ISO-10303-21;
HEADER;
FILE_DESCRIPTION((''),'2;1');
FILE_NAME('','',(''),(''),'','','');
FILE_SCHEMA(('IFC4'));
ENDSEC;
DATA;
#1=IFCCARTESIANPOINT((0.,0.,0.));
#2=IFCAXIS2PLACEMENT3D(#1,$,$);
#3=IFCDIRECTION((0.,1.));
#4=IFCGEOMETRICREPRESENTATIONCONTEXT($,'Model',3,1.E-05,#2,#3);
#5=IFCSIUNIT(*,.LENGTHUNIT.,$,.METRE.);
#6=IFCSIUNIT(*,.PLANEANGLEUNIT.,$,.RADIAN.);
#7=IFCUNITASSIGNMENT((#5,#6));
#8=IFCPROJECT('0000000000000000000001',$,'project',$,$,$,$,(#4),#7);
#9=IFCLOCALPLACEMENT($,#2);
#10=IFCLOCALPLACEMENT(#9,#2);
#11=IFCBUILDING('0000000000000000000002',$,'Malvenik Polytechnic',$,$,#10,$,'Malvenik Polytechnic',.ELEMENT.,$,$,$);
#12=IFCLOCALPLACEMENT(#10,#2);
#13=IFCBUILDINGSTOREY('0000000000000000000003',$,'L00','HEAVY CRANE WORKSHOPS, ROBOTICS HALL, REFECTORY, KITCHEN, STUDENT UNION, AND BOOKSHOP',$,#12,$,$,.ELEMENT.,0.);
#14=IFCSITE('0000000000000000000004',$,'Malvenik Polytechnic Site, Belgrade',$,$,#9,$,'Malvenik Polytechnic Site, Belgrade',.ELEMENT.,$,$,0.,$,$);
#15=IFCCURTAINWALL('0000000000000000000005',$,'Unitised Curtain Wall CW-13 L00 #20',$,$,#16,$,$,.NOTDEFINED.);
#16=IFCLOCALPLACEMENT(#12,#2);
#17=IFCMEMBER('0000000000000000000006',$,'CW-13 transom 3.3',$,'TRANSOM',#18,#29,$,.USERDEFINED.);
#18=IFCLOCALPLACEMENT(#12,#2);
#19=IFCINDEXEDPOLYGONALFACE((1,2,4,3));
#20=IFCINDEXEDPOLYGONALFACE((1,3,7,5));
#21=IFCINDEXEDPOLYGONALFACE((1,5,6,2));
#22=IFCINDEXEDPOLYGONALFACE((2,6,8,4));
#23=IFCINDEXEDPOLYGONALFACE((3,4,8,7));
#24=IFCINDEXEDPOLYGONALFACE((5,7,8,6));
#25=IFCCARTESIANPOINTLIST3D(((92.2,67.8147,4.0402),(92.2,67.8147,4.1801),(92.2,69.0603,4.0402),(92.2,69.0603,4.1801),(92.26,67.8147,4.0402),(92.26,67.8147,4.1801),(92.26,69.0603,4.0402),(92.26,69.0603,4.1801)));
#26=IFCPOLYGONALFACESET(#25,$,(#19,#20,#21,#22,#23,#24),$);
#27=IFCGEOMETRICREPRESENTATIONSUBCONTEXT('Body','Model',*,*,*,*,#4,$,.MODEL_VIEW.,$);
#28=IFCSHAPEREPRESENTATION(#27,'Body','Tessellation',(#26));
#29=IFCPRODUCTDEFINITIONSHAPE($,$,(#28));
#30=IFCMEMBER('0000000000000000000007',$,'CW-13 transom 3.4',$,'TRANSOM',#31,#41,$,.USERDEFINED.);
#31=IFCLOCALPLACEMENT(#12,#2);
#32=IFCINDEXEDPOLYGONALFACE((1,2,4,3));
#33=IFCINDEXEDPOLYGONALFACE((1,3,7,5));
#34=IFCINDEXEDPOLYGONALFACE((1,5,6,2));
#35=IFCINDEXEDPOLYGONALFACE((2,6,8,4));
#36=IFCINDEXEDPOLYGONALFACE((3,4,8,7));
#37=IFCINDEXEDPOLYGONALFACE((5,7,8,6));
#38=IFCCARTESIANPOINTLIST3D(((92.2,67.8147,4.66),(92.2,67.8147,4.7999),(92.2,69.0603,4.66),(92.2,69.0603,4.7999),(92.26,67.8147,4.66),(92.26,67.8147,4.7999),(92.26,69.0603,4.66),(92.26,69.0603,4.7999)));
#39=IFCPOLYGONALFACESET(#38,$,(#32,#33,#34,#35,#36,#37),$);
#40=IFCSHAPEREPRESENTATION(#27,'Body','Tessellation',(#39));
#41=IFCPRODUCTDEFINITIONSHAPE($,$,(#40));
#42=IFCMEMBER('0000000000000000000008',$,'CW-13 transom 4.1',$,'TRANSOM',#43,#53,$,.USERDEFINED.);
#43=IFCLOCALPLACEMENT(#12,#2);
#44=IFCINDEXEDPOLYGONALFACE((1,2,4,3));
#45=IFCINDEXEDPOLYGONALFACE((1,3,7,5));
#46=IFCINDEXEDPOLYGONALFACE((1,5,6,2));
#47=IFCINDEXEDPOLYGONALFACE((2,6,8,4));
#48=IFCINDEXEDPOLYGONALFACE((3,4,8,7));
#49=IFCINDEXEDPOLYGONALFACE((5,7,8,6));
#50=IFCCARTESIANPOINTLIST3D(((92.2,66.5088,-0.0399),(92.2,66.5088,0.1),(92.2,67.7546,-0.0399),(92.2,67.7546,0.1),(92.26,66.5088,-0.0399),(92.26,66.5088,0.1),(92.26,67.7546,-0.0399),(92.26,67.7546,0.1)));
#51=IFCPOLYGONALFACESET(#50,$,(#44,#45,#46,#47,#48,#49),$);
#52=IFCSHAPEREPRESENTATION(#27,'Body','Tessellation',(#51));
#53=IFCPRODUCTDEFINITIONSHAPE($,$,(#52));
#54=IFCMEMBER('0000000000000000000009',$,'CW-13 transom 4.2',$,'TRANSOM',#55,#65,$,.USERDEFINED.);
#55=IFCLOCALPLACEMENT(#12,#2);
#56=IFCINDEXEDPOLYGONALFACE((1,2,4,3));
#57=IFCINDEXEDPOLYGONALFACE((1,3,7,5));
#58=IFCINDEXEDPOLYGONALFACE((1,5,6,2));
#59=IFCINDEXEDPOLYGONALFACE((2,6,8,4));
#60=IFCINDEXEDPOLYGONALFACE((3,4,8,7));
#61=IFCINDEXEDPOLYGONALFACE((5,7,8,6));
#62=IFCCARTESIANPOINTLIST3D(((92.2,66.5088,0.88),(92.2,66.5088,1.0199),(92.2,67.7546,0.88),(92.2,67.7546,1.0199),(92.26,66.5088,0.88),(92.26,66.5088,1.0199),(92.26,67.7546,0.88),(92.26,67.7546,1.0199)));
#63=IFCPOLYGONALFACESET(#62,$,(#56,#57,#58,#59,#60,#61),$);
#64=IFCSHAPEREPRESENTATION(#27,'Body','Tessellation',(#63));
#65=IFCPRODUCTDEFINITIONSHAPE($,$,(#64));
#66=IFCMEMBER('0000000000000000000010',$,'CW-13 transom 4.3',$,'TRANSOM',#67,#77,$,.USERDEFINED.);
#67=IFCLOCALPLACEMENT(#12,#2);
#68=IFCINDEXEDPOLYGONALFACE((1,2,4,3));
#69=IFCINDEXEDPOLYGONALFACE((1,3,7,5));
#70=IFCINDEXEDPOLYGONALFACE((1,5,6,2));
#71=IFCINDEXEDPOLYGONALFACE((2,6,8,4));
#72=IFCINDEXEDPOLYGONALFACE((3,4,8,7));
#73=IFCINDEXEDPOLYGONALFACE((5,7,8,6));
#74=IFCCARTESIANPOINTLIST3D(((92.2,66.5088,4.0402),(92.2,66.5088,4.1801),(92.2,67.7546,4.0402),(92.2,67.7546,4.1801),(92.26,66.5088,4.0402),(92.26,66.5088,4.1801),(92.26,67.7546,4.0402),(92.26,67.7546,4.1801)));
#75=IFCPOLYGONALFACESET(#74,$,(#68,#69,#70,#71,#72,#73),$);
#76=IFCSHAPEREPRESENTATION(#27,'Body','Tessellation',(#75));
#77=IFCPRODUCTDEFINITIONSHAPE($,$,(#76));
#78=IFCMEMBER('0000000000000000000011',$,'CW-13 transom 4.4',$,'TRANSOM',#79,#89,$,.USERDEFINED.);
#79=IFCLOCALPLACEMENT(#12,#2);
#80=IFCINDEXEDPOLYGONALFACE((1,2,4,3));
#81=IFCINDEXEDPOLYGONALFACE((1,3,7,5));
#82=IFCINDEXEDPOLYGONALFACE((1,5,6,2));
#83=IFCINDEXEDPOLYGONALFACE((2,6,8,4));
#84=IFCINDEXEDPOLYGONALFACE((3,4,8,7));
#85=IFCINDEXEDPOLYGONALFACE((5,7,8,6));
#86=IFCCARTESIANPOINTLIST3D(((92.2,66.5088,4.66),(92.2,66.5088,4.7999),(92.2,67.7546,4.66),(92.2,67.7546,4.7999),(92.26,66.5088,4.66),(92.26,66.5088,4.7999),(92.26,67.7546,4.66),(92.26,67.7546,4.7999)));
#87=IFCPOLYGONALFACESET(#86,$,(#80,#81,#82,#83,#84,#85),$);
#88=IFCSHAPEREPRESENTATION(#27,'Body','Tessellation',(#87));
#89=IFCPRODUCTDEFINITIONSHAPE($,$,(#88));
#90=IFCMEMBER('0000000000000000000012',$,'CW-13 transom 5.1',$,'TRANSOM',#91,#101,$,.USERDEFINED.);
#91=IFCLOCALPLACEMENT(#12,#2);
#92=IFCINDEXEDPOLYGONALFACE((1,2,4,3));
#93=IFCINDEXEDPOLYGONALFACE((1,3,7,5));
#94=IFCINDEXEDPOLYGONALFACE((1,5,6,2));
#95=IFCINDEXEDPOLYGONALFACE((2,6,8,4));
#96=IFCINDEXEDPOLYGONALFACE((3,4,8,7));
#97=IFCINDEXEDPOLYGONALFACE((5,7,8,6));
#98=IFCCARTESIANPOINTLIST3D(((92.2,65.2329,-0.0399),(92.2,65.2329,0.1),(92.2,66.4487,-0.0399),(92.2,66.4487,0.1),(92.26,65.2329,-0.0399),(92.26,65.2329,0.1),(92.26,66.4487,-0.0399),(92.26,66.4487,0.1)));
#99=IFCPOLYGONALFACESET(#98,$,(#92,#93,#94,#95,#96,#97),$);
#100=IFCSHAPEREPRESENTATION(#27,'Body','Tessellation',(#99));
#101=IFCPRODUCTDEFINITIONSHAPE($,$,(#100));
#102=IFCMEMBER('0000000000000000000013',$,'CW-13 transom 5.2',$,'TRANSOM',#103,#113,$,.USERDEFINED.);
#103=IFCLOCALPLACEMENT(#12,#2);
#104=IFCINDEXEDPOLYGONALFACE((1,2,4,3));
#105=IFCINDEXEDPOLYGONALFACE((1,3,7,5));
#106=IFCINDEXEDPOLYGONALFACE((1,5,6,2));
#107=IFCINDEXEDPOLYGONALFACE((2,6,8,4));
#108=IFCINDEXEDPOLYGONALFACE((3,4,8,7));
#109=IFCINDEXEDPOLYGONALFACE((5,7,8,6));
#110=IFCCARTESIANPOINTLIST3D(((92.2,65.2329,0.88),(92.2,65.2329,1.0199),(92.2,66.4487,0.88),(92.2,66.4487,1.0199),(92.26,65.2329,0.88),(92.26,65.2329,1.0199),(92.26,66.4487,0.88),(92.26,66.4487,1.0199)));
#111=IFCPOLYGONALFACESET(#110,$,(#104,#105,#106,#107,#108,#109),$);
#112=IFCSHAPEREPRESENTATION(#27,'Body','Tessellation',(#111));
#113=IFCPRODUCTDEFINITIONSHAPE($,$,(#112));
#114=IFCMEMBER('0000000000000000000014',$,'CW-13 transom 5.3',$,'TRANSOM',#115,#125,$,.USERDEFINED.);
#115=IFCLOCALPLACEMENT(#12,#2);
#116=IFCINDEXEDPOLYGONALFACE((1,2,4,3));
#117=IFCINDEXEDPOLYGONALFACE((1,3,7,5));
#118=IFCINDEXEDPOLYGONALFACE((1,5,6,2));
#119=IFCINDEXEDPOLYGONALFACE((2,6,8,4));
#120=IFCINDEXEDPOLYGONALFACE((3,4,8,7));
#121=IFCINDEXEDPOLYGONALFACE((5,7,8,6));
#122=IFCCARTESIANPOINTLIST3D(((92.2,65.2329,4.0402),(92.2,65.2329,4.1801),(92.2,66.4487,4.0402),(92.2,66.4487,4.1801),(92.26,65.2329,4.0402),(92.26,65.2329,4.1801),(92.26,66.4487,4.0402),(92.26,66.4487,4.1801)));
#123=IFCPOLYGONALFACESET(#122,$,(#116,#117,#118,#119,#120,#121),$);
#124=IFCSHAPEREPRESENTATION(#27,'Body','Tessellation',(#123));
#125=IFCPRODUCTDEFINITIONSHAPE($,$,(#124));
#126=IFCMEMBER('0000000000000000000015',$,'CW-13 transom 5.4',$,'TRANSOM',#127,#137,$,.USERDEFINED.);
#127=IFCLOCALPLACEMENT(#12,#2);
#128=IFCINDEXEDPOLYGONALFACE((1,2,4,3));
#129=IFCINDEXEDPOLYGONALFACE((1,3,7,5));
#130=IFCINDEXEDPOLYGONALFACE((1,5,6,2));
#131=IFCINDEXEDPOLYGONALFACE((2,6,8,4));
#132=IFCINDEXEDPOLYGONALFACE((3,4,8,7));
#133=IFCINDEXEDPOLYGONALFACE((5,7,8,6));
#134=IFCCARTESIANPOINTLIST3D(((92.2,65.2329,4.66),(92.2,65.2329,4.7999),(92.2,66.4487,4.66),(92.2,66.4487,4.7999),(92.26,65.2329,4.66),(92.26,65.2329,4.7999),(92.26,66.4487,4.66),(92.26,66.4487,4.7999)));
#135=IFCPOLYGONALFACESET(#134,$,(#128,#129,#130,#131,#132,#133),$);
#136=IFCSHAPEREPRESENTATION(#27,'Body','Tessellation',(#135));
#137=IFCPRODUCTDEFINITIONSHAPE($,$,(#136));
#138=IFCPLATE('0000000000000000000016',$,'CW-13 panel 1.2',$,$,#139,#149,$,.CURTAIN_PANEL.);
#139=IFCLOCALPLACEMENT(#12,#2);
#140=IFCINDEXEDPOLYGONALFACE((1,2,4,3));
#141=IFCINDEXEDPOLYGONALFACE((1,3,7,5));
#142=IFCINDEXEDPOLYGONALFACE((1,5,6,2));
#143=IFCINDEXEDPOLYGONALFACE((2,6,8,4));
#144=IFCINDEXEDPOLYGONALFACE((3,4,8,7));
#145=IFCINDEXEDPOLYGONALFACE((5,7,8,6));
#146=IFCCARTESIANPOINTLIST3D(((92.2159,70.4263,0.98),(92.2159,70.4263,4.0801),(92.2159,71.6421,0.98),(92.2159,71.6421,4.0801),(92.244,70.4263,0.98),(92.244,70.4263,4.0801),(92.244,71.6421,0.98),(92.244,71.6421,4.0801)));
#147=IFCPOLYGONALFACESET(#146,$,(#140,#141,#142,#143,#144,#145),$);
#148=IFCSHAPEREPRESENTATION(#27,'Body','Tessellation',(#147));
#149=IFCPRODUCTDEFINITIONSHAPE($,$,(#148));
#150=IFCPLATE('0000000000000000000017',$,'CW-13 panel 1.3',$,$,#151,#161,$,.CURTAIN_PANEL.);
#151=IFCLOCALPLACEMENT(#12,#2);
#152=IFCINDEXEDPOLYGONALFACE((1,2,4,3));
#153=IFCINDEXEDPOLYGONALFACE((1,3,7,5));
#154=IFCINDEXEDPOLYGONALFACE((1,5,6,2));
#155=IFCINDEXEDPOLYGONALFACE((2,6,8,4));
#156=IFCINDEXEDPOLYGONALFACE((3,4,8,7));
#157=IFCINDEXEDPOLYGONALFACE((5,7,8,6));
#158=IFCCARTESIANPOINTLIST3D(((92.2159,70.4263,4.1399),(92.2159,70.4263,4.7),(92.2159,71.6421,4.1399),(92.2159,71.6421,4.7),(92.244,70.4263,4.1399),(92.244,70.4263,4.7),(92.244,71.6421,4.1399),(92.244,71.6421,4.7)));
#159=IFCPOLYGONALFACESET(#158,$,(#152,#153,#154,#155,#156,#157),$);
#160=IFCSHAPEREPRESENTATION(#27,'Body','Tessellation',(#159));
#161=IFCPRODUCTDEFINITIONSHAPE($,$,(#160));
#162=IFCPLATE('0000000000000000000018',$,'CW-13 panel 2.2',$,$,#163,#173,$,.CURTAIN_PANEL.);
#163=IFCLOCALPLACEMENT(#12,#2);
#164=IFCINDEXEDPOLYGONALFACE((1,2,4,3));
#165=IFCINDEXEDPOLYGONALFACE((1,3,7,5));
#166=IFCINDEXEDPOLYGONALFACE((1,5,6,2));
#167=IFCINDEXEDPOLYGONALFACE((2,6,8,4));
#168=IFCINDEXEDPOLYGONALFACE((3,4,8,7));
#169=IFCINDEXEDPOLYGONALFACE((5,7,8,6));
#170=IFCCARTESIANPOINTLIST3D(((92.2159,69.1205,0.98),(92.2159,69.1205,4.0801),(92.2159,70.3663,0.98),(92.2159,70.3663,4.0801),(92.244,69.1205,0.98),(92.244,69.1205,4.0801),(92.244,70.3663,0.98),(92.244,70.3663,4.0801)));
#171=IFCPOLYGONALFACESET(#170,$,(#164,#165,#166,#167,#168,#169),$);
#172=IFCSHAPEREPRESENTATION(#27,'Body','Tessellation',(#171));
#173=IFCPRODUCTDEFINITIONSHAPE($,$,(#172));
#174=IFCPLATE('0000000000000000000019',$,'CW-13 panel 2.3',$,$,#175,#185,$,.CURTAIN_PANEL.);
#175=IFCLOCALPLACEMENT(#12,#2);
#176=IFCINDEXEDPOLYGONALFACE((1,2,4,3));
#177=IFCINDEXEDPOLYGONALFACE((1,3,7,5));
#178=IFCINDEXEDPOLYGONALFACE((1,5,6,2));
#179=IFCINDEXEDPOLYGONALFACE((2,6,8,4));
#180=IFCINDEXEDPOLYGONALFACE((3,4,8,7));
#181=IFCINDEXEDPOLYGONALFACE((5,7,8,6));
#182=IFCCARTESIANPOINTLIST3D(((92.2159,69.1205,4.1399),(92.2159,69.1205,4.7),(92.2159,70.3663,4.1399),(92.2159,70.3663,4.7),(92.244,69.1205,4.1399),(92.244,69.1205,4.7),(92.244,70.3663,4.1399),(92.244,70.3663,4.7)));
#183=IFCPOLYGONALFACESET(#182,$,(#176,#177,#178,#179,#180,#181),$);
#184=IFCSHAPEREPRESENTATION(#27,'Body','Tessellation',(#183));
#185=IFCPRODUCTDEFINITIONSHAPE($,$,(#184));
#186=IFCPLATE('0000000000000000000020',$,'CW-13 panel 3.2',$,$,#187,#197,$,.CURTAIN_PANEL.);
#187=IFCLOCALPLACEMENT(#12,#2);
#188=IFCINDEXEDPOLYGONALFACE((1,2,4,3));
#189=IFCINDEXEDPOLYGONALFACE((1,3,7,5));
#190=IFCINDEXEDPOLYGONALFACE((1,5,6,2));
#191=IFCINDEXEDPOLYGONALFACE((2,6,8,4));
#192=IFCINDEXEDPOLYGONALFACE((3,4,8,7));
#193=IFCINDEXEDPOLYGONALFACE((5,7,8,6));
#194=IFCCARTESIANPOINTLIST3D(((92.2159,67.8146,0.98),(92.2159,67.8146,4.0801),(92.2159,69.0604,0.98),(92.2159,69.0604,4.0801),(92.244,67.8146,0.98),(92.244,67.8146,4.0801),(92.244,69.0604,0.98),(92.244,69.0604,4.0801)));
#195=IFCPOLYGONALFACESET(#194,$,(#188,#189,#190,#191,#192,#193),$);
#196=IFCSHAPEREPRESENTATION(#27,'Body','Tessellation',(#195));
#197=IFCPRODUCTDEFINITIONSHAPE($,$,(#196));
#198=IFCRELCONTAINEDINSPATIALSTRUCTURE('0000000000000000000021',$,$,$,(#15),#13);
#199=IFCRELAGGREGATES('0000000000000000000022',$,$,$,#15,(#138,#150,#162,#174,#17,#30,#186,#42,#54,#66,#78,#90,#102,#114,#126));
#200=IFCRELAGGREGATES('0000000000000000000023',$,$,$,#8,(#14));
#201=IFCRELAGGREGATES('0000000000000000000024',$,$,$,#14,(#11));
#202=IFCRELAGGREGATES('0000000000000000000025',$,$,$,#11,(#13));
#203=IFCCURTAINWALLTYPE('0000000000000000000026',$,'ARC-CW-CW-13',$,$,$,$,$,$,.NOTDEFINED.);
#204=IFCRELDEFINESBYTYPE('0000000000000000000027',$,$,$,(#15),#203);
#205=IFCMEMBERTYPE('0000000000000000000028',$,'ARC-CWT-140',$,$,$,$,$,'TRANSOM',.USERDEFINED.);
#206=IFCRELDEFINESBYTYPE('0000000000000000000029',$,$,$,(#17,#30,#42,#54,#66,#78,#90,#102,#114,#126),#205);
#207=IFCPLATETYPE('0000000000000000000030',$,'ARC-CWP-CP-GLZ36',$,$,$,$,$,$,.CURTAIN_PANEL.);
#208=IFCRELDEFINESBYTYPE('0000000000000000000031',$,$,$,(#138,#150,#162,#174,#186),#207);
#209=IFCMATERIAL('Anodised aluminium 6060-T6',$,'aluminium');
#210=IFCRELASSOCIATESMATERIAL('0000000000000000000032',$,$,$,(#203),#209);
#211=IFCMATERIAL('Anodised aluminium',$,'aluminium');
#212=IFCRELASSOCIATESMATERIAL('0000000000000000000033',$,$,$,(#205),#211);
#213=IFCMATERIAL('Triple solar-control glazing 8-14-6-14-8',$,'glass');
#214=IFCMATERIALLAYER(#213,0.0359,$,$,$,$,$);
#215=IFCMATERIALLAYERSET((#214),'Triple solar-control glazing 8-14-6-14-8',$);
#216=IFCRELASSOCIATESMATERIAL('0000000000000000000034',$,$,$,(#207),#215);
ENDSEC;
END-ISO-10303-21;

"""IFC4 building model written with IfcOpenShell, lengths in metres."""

from ifc_helpers import new_model, si_unit, direction, frame, origin, origin_2d, place, context, subcontext, project, spatial, rectangle, extrude, material, layer, layer_set, material_profile, profile_set, type_object, element, aggregate, save


model = new_model("IFC4")

# Units and contexts
model_context = context("Model", 3, precision=1e-05, world=origin(), true_north=direction((0.0, 1.0)))
body_context = subcontext(model_context, "Body", "Model", "MODEL_VIEW")
ifc_project = project(units=[si_unit("LENGTHUNIT", "METRE"), si_unit("PLANEANGLEUNIT", "RADIAN")], contexts=[model_context])

# Site, building, storey
site_placement = place(None, origin())
site = spatial("IfcSite", under=ifc_project, at=site_placement, Name="Malvenik Polytechnic Site, Belgrade", LongName="Malvenik Polytechnic Site, Belgrade", CompositionType="ELEMENT", RefElevation=0.0)
building_placement = place(site_placement, origin())
building = spatial("IfcBuilding", under=site, at=building_placement, Name="Malvenik Polytechnic", LongName="Malvenik Polytechnic", CompositionType="ELEMENT")
storey_placement = place(building_placement, origin())
storey = spatial("IfcBuildingStorey", under=building, at=storey_placement, Name="L00", Description="HEAVY CRANE WORKSHOPS, ROBOTICS HALL, REFECTORY, KITCHEN, STUDENT UNION, AND BOOKSHOP", CompositionType="ELEMENT", Elevation=0.0)

# Curtain wall, members, plates
ifc_material_1 = material(Name="Anodised aluminium 6060-T6", Category="aluminium")
curtain_wall_type = type_object("IfcCurtainWallType", Name="ARC-CW-CW-13", PredefinedType="NOTDEFINED", material=ifc_material_1)
curtain_wall_placement = place(storey_placement, origin())
curtain_wall = element("IfcCurtainWall", 1, at=curtain_wall_placement, inside=storey, type_object=curtain_wall_type, Name="Unitised Curtain Wall CW-13 L00 #20", PredefinedType="NOTDEFINED")
ifc_material_2 = material(Name="Anodised aluminium", Category="aluminium")
ifc_material_profile_1 = material_profile(ifc_material_2, rectangle(XDim=0.0601, YDim=0.1399, at=origin_2d()), Name="ALU TRANSOM 60x140")
ifc_profile_set_1 = profile_set([ifc_material_profile_1], Name="Anodised aluminium")
member_type_1 = type_object("IfcMemberType", Name="ARC-CWT-140", ElementType="TRANSOM", PredefinedType="USERDEFINED", material=ifc_profile_set_1)
member_1_placement = place(storey_placement, frame((92.23, 69.0603, 4.1101), z_axis=(0.0, -1.0, 0.0), x_axis=(1.0, 0.0, 0.0)))
member_1 = element("IfcMember", 2, at=member_1_placement, type_object=member_type_1, Name="CW-13 transom 3.3", ObjectType="TRANSOM", PredefinedType="USERDEFINED", context=body_context, shape_type="SweptSolid", body=[
    extrude(rectangle(XDim=0.0601, YDim=0.1399, at=origin_2d()), origin(), (0.0, 0.0, 1.0), 1.2456),
])
member_2_placement = place(storey_placement, frame((92.23, 69.0603, 4.73), z_axis=(0.0, -1.0, 0.0), x_axis=(1.0, 0.0, 0.0)))
member_2 = element("IfcMember", 3, at=member_2_placement, type_object=member_type_1, Name="CW-13 transom 3.4", ObjectType="TRANSOM", PredefinedType="USERDEFINED", context=body_context, shape_type="SweptSolid", body=[
    extrude(rectangle(XDim=0.0601, YDim=0.1399, at=origin_2d()), origin(), (0.0, 0.0, 1.0), 1.2456),
])
member_3_placement = place(storey_placement, frame((92.23, 67.7546, 0.03), z_axis=(0.0, -1.0, 0.0), x_axis=(1.0, 0.0, 0.0)))
member_3 = element("IfcMember", 4, at=member_3_placement, type_object=member_type_1, Name="CW-13 transom 4.1", ObjectType="TRANSOM", PredefinedType="USERDEFINED", context=body_context, shape_type="SweptSolid", body=[
    extrude(rectangle(XDim=0.0601, YDim=0.1399, at=origin_2d()), origin(), (0.0, 0.0, 1.0), 1.2458),
])
member_4_placement = place(storey_placement, frame((92.23, 67.7546, 0.95), z_axis=(0.0, -1.0, 0.0), x_axis=(1.0, 0.0, 0.0)))
member_4 = element("IfcMember", 5, at=member_4_placement, type_object=member_type_1, Name="CW-13 transom 4.2", ObjectType="TRANSOM", PredefinedType="USERDEFINED", context=body_context, shape_type="SweptSolid", body=[
    extrude(rectangle(XDim=0.0601, YDim=0.1399, at=origin_2d()), origin(), (0.0, 0.0, 1.0), 1.2458),
])
member_5_placement = place(storey_placement, frame((92.23, 67.7546, 4.1101), z_axis=(0.0, -1.0, 0.0), x_axis=(1.0, 0.0, 0.0)))
member_5 = element("IfcMember", 6, at=member_5_placement, type_object=member_type_1, Name="CW-13 transom 4.3", ObjectType="TRANSOM", PredefinedType="USERDEFINED", context=body_context, shape_type="SweptSolid", body=[
    extrude(rectangle(XDim=0.0601, YDim=0.1399, at=origin_2d()), origin(), (0.0, 0.0, 1.0), 1.2458),
])
member_6_placement = place(storey_placement, frame((92.23, 67.7546, 4.73), z_axis=(0.0, -1.0, 0.0), x_axis=(1.0, 0.0, 0.0)))
member_6 = element("IfcMember", 7, at=member_6_placement, type_object=member_type_1, Name="CW-13 transom 4.4", ObjectType="TRANSOM", PredefinedType="USERDEFINED", context=body_context, shape_type="SweptSolid", body=[
    extrude(rectangle(XDim=0.0601, YDim=0.1399, at=origin_2d()), origin(), (0.0, 0.0, 1.0), 1.2458),
])
member_7_placement = place(storey_placement, frame((92.23, 66.4487, 0.03), z_axis=(0.0, -1.0, 0.0), x_axis=(1.0, 0.0, 0.0)))
member_7 = element("IfcMember", 8, at=member_7_placement, type_object=member_type_1, Name="CW-13 transom 5.1", ObjectType="TRANSOM", PredefinedType="USERDEFINED", context=body_context, shape_type="SweptSolid", body=[
    extrude(rectangle(XDim=0.0601, YDim=0.1399, at=origin_2d()), origin(), (0.0, 0.0, 1.0), 1.2158),
])
member_8_placement = place(storey_placement, frame((92.23, 66.4487, 0.95), z_axis=(0.0, -1.0, 0.0), x_axis=(1.0, 0.0, 0.0)))
member_8 = element("IfcMember", 9, at=member_8_placement, type_object=member_type_1, Name="CW-13 transom 5.2", ObjectType="TRANSOM", PredefinedType="USERDEFINED", context=body_context, shape_type="SweptSolid", body=[
    extrude(rectangle(XDim=0.0601, YDim=0.1399, at=origin_2d()), origin(), (0.0, 0.0, 1.0), 1.2158),
])
member_9_placement = place(storey_placement, frame((92.23, 66.4487, 4.1101), z_axis=(0.0, -1.0, 0.0), x_axis=(1.0, 0.0, 0.0)))
member_9 = element("IfcMember", 10, at=member_9_placement, type_object=member_type_1, Name="CW-13 transom 5.3", ObjectType="TRANSOM", PredefinedType="USERDEFINED", context=body_context, shape_type="SweptSolid", body=[
    extrude(rectangle(XDim=0.0601, YDim=0.1399, at=origin_2d()), origin(), (0.0, 0.0, 1.0), 1.2158),
])
member_10_placement = place(storey_placement, frame((92.23, 66.4487, 4.73), z_axis=(0.0, -1.0, 0.0), x_axis=(1.0, 0.0, 0.0)))
member_10 = element("IfcMember", 11, at=member_10_placement, type_object=member_type_1, Name="CW-13 transom 5.4", ObjectType="TRANSOM", PredefinedType="USERDEFINED", context=body_context, shape_type="SweptSolid", body=[
    extrude(rectangle(XDim=0.0601, YDim=0.1399, at=origin_2d()), origin(), (0.0, 0.0, 1.0), 1.2158),
])
ifc_material_3 = material(Name="Triple solar-control glazing 8-14-6-14-8", Category="glass")
ifc_layer_1 = layer(ifc_material_3, 0.0359)
ifc_layer_set_1 = layer_set([ifc_layer_1], Name="Triple solar-control glazing 8-14-6-14-8")
plate_type_1 = type_object("IfcPlateType", Name="ARC-CWP-CP-GLZ36", PredefinedType="CURTAIN_PANEL", material=ifc_layer_set_1)
plate_1_placement = place(storey_placement, frame((92.23, 71.0342, 0.98), z_axis=(0.0, 0.0, 1.0), x_axis=(0.0, -1.0, 0.0)))
plate_1 = element("IfcPlate", 12, at=plate_1_placement, type_object=plate_type_1, Name="CW-13 panel 1.2", PredefinedType="CURTAIN_PANEL", context=body_context, shape_type="SweptSolid", body=[
    extrude(rectangle(XDim=1.2158, YDim=0.0281, at=origin_2d()), origin(), (0.0, 0.0, 1.0), 3.1001),
])
plate_2_placement = place(storey_placement, frame((92.23, 71.0342, 4.1399), z_axis=(0.0, 0.0, 1.0), x_axis=(0.0, -1.0, 0.0)))
plate_2 = element("IfcPlate", 13, at=plate_2_placement, type_object=plate_type_1, Name="CW-13 panel 1.3", PredefinedType="CURTAIN_PANEL", context=body_context, shape_type="SweptSolid", body=[
    extrude(rectangle(XDim=1.2158, YDim=0.0281, at=origin_2d()), origin(), (0.0, 0.0, 1.0), 0.5601),
])
plate_3_placement = place(storey_placement, frame((92.23, 69.7434, 0.98), z_axis=(0.0, 0.0, 1.0), x_axis=(0.0, -1.0, 0.0)))
plate_3 = element("IfcPlate", 14, at=plate_3_placement, type_object=plate_type_1, Name="CW-13 panel 2.2", PredefinedType="CURTAIN_PANEL", context=body_context, shape_type="SweptSolid", body=[
    extrude(rectangle(XDim=1.2458, YDim=0.0281, at=origin_2d()), origin(), (0.0, 0.0, 1.0), 3.1001),
])
plate_4_placement = place(storey_placement, frame((92.23, 69.7434, 4.1399), z_axis=(0.0, 0.0, 1.0), x_axis=(0.0, -1.0, 0.0)))
plate_4 = element("IfcPlate", 15, at=plate_4_placement, type_object=plate_type_1, Name="CW-13 panel 2.3", PredefinedType="CURTAIN_PANEL", context=body_context, shape_type="SweptSolid", body=[
    extrude(rectangle(XDim=1.2458, YDim=0.0281, at=origin_2d()), origin(), (0.0, 0.0, 1.0), 0.5601),
])
plate_5_placement = place(storey_placement, frame((92.23, 68.4375, 0.98), z_axis=(0.0, 0.0, 1.0), x_axis=(0.0, -1.0, 0.0)))
plate_5 = element("IfcPlate", 16, at=plate_5_placement, type_object=plate_type_1, Name="CW-13 panel 3.2", PredefinedType="CURTAIN_PANEL", context=body_context, shape_type="SweptSolid", body=[
    extrude(rectangle(XDim=1.2458, YDim=0.0281, at=origin_2d()), origin(), (0.0, 0.0, 1.0), 3.1001),
])
aggregate(curtain_wall, [plate_1, plate_2, plate_3, plate_4, member_1, member_2, plate_5, member_3, member_4, member_5, member_6, member_7, member_8, member_9, member_10])

save(model, "model.ifc")
